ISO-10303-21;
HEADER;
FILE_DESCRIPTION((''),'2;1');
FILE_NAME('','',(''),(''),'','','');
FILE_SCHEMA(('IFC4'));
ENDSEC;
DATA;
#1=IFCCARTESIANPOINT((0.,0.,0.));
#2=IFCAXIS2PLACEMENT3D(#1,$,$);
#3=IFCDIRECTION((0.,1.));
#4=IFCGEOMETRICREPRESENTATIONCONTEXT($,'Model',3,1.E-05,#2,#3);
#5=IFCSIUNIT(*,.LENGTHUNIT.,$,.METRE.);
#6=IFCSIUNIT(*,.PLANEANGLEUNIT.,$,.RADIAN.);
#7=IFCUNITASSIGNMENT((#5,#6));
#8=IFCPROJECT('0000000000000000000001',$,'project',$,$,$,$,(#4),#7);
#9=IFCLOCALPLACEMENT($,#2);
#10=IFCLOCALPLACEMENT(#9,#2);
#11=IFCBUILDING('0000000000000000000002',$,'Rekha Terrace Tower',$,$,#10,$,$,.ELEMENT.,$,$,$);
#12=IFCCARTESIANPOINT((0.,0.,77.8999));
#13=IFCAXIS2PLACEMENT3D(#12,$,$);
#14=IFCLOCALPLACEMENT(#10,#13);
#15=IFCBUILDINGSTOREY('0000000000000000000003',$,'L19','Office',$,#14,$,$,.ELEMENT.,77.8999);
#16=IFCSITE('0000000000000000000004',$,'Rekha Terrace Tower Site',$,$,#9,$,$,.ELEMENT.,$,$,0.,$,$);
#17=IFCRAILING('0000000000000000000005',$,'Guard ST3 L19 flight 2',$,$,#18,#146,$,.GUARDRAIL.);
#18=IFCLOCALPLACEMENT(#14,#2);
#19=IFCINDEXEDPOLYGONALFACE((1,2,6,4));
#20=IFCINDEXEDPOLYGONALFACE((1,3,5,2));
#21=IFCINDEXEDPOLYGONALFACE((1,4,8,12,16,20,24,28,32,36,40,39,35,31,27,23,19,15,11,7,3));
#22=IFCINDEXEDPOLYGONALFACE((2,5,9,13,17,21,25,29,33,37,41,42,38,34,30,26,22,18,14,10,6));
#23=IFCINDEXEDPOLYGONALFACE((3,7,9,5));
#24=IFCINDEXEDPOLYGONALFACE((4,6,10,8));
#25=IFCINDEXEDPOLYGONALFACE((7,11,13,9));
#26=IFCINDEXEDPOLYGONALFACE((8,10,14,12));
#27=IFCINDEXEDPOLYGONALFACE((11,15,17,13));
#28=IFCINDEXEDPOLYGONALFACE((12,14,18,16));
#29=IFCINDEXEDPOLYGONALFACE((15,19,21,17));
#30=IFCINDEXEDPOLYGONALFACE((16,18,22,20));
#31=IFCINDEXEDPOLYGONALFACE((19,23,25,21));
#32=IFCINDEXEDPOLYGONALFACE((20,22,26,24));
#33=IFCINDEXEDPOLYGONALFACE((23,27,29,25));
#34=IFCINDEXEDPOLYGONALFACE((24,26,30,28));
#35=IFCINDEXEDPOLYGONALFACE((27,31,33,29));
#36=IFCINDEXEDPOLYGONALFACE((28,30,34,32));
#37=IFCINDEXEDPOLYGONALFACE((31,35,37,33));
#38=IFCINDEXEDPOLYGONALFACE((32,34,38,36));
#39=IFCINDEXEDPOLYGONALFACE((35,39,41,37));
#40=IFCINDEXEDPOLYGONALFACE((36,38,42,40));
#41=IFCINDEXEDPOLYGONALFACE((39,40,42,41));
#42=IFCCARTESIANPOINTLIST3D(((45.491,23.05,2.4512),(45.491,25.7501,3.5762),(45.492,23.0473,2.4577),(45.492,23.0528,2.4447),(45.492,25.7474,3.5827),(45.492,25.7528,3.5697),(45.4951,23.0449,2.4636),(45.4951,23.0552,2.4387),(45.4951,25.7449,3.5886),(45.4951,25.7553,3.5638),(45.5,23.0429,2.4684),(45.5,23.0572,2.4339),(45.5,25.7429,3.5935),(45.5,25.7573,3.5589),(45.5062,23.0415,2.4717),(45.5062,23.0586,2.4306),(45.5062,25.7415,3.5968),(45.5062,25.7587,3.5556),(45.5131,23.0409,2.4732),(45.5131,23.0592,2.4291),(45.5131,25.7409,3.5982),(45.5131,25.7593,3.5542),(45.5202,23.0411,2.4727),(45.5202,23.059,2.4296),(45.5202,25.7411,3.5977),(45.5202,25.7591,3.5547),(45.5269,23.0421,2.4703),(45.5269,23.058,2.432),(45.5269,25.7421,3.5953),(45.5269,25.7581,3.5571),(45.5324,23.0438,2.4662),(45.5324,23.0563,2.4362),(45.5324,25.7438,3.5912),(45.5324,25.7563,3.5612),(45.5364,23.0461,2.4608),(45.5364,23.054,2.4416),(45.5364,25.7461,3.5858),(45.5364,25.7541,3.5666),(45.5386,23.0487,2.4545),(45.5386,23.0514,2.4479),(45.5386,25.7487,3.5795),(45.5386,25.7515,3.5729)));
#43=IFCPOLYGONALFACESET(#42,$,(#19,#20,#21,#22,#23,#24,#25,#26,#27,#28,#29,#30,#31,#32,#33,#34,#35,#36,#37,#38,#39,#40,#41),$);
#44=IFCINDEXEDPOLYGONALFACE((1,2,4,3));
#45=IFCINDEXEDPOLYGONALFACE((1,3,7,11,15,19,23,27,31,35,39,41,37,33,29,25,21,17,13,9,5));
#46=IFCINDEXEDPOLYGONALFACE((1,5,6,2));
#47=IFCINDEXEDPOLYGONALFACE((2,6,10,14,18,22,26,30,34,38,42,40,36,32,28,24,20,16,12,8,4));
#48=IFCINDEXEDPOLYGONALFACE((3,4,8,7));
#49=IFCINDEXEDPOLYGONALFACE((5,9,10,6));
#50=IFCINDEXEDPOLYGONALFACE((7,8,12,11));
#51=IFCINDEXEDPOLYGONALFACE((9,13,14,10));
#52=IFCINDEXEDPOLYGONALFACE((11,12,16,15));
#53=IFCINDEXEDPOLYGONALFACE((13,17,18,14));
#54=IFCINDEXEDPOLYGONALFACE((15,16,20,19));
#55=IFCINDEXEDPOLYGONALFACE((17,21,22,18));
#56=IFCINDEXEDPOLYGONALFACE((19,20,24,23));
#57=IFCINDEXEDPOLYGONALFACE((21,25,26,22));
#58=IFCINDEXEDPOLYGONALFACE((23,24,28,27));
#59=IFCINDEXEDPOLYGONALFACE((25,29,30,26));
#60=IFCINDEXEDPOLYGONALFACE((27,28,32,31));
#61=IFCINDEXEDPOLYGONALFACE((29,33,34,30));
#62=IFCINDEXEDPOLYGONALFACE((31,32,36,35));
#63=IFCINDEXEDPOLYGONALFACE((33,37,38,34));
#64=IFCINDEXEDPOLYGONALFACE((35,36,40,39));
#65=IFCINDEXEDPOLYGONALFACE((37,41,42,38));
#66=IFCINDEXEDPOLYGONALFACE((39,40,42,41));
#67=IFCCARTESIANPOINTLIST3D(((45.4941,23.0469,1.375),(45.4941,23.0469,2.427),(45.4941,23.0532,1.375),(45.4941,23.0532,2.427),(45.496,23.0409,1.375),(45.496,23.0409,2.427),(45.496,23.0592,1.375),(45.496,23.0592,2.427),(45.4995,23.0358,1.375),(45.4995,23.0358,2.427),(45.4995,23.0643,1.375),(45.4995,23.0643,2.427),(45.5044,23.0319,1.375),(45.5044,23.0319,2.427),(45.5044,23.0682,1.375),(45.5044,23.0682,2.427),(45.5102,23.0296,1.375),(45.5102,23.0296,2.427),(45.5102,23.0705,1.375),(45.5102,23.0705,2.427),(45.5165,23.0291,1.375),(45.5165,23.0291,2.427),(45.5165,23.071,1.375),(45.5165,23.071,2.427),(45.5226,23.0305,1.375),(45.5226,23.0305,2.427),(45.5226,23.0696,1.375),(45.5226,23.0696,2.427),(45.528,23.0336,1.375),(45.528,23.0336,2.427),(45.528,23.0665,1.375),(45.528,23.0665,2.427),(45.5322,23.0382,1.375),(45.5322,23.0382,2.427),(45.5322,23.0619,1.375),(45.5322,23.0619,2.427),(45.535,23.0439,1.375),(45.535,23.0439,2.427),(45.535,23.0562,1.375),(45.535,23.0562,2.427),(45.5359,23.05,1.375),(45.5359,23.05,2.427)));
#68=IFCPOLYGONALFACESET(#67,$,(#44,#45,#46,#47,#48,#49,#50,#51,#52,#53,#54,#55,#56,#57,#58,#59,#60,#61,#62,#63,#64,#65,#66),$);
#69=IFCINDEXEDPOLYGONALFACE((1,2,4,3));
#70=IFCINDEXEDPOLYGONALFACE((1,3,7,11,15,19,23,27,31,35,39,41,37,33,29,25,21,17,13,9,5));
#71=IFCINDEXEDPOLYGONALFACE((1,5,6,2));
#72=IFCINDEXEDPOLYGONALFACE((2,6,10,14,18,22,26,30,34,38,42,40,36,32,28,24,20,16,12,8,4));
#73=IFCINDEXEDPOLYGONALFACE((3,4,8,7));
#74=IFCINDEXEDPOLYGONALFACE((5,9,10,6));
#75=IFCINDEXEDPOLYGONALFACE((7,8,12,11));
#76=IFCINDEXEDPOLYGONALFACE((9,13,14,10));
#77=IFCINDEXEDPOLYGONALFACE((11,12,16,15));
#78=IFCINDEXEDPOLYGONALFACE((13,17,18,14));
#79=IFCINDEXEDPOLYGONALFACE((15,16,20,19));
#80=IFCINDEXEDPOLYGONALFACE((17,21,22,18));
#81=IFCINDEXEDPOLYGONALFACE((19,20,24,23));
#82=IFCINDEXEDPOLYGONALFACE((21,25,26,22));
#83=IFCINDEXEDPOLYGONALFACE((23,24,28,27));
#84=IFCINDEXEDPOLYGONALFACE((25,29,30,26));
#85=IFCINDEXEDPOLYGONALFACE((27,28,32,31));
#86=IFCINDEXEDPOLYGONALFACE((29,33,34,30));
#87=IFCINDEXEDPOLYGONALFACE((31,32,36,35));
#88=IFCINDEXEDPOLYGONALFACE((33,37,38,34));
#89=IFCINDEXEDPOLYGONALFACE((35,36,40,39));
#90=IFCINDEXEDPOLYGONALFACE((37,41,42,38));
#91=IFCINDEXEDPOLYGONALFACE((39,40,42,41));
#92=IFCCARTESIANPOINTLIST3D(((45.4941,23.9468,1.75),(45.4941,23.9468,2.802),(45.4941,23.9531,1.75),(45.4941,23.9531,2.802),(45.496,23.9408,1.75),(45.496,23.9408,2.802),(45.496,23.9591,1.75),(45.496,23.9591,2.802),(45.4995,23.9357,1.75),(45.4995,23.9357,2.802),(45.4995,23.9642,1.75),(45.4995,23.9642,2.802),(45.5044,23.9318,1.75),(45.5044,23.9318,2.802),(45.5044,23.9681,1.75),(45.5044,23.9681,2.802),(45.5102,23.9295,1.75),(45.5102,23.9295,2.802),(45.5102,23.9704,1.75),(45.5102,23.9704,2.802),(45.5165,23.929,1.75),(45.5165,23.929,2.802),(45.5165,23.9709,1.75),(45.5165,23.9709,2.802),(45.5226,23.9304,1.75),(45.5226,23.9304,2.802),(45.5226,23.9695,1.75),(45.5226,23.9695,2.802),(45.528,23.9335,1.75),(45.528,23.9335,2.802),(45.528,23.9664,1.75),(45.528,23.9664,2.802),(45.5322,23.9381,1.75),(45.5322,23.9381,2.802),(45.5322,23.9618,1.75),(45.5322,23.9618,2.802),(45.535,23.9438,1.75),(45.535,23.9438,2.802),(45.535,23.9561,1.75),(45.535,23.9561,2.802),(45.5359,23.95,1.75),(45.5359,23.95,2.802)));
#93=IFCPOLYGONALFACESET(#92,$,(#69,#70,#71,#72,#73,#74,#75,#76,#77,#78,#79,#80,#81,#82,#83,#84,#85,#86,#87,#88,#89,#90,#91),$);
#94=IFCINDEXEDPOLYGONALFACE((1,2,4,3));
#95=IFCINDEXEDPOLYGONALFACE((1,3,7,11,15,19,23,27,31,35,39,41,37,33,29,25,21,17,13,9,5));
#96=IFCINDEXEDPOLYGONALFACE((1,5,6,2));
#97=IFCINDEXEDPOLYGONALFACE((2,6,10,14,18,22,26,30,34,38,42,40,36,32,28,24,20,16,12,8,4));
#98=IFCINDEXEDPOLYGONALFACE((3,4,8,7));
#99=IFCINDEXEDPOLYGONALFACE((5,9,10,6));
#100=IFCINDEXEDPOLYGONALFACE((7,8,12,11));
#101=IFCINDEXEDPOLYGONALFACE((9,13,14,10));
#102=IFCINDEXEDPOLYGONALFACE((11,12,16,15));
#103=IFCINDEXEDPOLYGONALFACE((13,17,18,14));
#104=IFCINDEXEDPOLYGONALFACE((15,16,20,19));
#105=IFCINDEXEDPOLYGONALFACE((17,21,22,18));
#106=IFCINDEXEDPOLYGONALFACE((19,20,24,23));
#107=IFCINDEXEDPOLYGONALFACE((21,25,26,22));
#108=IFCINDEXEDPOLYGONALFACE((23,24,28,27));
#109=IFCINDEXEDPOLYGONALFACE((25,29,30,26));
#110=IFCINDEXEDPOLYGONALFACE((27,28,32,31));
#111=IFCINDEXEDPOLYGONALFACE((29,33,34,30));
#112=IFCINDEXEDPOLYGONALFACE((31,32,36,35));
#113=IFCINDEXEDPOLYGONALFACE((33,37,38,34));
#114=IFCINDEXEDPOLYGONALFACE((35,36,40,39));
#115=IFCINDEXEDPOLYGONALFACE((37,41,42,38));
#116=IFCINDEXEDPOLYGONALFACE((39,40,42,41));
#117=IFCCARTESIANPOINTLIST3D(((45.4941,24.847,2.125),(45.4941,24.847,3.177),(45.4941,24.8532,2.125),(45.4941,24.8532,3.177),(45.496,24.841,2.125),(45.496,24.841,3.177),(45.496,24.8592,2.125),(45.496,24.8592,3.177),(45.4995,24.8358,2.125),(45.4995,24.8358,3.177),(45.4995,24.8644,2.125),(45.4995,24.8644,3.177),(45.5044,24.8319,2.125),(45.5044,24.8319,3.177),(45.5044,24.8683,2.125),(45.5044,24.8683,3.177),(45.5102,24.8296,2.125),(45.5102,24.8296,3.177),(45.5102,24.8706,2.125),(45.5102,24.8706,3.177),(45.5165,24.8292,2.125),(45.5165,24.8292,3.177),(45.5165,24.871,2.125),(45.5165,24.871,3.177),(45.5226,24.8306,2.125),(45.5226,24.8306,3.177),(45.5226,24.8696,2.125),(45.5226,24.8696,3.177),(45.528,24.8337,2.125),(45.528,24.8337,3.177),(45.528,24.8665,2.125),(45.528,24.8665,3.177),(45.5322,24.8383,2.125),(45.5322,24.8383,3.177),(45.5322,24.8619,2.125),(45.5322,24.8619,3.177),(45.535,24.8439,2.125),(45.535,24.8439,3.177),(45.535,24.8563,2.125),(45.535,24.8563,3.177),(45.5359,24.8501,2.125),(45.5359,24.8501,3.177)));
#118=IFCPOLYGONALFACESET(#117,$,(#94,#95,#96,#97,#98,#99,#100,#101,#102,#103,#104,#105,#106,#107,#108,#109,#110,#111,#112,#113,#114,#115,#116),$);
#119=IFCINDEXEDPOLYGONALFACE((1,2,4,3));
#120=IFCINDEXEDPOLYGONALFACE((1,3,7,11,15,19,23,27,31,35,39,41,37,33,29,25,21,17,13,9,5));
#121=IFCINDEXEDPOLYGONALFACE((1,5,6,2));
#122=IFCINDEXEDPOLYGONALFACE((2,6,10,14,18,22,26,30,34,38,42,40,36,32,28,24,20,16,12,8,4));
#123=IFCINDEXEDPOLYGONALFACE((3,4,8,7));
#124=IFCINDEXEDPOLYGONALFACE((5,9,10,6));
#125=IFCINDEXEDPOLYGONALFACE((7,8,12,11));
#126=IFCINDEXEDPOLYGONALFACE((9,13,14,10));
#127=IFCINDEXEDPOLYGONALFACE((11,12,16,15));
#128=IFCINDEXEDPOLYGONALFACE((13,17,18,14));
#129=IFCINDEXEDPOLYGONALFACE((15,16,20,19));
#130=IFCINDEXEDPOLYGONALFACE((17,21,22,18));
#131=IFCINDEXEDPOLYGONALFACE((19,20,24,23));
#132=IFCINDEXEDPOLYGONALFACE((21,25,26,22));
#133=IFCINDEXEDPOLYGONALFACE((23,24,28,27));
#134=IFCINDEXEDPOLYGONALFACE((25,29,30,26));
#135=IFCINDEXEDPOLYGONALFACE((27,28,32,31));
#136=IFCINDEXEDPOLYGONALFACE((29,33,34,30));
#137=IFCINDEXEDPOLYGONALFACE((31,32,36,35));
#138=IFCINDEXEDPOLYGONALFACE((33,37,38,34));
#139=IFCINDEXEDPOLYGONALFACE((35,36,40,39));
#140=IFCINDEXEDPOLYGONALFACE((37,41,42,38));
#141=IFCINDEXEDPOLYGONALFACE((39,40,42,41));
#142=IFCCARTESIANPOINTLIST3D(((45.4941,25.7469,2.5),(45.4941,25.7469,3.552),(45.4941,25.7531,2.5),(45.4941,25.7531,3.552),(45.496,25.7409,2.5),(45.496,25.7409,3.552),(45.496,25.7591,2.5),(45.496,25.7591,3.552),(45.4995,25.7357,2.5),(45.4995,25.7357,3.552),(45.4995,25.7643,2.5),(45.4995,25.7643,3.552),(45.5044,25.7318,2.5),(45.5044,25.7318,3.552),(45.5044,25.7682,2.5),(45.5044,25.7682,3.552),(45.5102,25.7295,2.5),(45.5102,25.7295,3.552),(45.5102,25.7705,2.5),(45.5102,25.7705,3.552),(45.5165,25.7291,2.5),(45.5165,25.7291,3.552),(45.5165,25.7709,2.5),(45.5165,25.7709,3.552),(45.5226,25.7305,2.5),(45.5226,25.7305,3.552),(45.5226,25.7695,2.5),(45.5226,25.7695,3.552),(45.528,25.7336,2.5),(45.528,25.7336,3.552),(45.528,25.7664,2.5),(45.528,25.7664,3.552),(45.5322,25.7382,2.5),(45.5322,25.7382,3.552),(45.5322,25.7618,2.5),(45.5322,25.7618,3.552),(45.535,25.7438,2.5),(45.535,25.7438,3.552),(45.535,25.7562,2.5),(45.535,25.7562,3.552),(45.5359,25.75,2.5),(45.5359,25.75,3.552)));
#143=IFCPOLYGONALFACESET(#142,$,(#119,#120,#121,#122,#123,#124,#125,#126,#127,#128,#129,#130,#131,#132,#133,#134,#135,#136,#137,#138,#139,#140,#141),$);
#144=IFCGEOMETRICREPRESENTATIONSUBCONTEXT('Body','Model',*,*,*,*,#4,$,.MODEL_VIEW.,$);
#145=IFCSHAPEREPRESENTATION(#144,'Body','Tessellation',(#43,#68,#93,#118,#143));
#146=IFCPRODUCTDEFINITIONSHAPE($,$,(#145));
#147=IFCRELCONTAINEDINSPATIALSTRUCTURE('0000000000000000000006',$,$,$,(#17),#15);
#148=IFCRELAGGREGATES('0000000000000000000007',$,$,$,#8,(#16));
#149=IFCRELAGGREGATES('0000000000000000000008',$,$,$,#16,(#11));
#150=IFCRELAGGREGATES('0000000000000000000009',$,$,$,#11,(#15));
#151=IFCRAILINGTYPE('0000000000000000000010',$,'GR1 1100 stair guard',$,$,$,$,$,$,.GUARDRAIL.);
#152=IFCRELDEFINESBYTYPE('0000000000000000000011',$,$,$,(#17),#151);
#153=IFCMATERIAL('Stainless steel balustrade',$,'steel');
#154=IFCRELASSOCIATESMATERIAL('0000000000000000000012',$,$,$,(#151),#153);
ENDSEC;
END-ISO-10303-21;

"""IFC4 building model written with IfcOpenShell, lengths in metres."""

from ifc_helpers import new_model, si_unit, direction, frame, origin, origin_2d, place, context, subcontext, project, spatial, circle, extrude, material, type_object, element, save


model = new_model("IFC4")

# Units and contexts
model_context = context("Model", 3, precision=1e-05, world=origin(), true_north=direction((0.0, 1.0)))
body_context = subcontext(model_context, "Body", "Model", "MODEL_VIEW")
ifc_project = project(units=[si_unit("LENGTHUNIT", "METRE"), si_unit("PLANEANGLEUNIT", "RADIAN")], contexts=[model_context])

# Site, building, storey
site_placement = place(None, origin())
site = spatial("IfcSite", under=ifc_project, at=site_placement, Name="Rekha Terrace Tower Site", CompositionType="ELEMENT", RefElevation=0.0)
building_placement = place(site_placement, origin())
building = spatial("IfcBuilding", under=site, at=building_placement, Name="Rekha Terrace Tower", CompositionType="ELEMENT")
storey_placement = place(building_placement, frame((0.0, 0.0, 77.8999)))
storey = spatial("IfcBuildingStorey", under=building, at=storey_placement, Name="L19", Description="Office", CompositionType="ELEMENT", Elevation=77.8999)

# Railing
ifc_material_1 = material(Name="Stainless steel balustrade", Category="steel")
railing_type_1 = type_object("IfcRailingType", Name="GR1 1100 stair guard", PredefinedType="GUARDRAIL", material=ifc_material_1)
railing_1_placement = place(storey_placement, frame((45.5149, 23.05, 1.375)))
element("IfcRailing", 1, at=railing_1_placement, inside=storey, type_object=railing_type_1, Name="Guard ST3 L19 flight 2", PredefinedType="GUARDRAIL", context=body_context, shape_type="SweptSolid", body=[
    extrude(circle(Radius=0.0239, at=origin_2d()), frame((0.0, 0.0, 1.0762), z_axis=(0.0, 0.923074, 0.384621), x_axis=(-1.0, 0.0, 0.0)), (0.0, 0.0, 1.0), 2.925),
    extrude(circle(Radius=0.021, at=origin_2d()), origin(), (0.0, 0.0, 1.0), 1.052),
    extrude(circle(Radius=0.021, at=origin_2d()), frame((0.0, 0.8999, 0.375)), (0.0, 0.0, 1.0), 1.052),
    extrude(circle(Radius=0.021, at=origin_2d()), frame((0.0, 1.8, 0.75)), (0.0, 0.0, 1.0), 1.052),
    extrude(circle(Radius=0.021, at=origin_2d()), frame((0.0, 2.7, 1.125)), (0.0, 0.0, 1.0), 1.052),
])

save(model, "model.ifc")
